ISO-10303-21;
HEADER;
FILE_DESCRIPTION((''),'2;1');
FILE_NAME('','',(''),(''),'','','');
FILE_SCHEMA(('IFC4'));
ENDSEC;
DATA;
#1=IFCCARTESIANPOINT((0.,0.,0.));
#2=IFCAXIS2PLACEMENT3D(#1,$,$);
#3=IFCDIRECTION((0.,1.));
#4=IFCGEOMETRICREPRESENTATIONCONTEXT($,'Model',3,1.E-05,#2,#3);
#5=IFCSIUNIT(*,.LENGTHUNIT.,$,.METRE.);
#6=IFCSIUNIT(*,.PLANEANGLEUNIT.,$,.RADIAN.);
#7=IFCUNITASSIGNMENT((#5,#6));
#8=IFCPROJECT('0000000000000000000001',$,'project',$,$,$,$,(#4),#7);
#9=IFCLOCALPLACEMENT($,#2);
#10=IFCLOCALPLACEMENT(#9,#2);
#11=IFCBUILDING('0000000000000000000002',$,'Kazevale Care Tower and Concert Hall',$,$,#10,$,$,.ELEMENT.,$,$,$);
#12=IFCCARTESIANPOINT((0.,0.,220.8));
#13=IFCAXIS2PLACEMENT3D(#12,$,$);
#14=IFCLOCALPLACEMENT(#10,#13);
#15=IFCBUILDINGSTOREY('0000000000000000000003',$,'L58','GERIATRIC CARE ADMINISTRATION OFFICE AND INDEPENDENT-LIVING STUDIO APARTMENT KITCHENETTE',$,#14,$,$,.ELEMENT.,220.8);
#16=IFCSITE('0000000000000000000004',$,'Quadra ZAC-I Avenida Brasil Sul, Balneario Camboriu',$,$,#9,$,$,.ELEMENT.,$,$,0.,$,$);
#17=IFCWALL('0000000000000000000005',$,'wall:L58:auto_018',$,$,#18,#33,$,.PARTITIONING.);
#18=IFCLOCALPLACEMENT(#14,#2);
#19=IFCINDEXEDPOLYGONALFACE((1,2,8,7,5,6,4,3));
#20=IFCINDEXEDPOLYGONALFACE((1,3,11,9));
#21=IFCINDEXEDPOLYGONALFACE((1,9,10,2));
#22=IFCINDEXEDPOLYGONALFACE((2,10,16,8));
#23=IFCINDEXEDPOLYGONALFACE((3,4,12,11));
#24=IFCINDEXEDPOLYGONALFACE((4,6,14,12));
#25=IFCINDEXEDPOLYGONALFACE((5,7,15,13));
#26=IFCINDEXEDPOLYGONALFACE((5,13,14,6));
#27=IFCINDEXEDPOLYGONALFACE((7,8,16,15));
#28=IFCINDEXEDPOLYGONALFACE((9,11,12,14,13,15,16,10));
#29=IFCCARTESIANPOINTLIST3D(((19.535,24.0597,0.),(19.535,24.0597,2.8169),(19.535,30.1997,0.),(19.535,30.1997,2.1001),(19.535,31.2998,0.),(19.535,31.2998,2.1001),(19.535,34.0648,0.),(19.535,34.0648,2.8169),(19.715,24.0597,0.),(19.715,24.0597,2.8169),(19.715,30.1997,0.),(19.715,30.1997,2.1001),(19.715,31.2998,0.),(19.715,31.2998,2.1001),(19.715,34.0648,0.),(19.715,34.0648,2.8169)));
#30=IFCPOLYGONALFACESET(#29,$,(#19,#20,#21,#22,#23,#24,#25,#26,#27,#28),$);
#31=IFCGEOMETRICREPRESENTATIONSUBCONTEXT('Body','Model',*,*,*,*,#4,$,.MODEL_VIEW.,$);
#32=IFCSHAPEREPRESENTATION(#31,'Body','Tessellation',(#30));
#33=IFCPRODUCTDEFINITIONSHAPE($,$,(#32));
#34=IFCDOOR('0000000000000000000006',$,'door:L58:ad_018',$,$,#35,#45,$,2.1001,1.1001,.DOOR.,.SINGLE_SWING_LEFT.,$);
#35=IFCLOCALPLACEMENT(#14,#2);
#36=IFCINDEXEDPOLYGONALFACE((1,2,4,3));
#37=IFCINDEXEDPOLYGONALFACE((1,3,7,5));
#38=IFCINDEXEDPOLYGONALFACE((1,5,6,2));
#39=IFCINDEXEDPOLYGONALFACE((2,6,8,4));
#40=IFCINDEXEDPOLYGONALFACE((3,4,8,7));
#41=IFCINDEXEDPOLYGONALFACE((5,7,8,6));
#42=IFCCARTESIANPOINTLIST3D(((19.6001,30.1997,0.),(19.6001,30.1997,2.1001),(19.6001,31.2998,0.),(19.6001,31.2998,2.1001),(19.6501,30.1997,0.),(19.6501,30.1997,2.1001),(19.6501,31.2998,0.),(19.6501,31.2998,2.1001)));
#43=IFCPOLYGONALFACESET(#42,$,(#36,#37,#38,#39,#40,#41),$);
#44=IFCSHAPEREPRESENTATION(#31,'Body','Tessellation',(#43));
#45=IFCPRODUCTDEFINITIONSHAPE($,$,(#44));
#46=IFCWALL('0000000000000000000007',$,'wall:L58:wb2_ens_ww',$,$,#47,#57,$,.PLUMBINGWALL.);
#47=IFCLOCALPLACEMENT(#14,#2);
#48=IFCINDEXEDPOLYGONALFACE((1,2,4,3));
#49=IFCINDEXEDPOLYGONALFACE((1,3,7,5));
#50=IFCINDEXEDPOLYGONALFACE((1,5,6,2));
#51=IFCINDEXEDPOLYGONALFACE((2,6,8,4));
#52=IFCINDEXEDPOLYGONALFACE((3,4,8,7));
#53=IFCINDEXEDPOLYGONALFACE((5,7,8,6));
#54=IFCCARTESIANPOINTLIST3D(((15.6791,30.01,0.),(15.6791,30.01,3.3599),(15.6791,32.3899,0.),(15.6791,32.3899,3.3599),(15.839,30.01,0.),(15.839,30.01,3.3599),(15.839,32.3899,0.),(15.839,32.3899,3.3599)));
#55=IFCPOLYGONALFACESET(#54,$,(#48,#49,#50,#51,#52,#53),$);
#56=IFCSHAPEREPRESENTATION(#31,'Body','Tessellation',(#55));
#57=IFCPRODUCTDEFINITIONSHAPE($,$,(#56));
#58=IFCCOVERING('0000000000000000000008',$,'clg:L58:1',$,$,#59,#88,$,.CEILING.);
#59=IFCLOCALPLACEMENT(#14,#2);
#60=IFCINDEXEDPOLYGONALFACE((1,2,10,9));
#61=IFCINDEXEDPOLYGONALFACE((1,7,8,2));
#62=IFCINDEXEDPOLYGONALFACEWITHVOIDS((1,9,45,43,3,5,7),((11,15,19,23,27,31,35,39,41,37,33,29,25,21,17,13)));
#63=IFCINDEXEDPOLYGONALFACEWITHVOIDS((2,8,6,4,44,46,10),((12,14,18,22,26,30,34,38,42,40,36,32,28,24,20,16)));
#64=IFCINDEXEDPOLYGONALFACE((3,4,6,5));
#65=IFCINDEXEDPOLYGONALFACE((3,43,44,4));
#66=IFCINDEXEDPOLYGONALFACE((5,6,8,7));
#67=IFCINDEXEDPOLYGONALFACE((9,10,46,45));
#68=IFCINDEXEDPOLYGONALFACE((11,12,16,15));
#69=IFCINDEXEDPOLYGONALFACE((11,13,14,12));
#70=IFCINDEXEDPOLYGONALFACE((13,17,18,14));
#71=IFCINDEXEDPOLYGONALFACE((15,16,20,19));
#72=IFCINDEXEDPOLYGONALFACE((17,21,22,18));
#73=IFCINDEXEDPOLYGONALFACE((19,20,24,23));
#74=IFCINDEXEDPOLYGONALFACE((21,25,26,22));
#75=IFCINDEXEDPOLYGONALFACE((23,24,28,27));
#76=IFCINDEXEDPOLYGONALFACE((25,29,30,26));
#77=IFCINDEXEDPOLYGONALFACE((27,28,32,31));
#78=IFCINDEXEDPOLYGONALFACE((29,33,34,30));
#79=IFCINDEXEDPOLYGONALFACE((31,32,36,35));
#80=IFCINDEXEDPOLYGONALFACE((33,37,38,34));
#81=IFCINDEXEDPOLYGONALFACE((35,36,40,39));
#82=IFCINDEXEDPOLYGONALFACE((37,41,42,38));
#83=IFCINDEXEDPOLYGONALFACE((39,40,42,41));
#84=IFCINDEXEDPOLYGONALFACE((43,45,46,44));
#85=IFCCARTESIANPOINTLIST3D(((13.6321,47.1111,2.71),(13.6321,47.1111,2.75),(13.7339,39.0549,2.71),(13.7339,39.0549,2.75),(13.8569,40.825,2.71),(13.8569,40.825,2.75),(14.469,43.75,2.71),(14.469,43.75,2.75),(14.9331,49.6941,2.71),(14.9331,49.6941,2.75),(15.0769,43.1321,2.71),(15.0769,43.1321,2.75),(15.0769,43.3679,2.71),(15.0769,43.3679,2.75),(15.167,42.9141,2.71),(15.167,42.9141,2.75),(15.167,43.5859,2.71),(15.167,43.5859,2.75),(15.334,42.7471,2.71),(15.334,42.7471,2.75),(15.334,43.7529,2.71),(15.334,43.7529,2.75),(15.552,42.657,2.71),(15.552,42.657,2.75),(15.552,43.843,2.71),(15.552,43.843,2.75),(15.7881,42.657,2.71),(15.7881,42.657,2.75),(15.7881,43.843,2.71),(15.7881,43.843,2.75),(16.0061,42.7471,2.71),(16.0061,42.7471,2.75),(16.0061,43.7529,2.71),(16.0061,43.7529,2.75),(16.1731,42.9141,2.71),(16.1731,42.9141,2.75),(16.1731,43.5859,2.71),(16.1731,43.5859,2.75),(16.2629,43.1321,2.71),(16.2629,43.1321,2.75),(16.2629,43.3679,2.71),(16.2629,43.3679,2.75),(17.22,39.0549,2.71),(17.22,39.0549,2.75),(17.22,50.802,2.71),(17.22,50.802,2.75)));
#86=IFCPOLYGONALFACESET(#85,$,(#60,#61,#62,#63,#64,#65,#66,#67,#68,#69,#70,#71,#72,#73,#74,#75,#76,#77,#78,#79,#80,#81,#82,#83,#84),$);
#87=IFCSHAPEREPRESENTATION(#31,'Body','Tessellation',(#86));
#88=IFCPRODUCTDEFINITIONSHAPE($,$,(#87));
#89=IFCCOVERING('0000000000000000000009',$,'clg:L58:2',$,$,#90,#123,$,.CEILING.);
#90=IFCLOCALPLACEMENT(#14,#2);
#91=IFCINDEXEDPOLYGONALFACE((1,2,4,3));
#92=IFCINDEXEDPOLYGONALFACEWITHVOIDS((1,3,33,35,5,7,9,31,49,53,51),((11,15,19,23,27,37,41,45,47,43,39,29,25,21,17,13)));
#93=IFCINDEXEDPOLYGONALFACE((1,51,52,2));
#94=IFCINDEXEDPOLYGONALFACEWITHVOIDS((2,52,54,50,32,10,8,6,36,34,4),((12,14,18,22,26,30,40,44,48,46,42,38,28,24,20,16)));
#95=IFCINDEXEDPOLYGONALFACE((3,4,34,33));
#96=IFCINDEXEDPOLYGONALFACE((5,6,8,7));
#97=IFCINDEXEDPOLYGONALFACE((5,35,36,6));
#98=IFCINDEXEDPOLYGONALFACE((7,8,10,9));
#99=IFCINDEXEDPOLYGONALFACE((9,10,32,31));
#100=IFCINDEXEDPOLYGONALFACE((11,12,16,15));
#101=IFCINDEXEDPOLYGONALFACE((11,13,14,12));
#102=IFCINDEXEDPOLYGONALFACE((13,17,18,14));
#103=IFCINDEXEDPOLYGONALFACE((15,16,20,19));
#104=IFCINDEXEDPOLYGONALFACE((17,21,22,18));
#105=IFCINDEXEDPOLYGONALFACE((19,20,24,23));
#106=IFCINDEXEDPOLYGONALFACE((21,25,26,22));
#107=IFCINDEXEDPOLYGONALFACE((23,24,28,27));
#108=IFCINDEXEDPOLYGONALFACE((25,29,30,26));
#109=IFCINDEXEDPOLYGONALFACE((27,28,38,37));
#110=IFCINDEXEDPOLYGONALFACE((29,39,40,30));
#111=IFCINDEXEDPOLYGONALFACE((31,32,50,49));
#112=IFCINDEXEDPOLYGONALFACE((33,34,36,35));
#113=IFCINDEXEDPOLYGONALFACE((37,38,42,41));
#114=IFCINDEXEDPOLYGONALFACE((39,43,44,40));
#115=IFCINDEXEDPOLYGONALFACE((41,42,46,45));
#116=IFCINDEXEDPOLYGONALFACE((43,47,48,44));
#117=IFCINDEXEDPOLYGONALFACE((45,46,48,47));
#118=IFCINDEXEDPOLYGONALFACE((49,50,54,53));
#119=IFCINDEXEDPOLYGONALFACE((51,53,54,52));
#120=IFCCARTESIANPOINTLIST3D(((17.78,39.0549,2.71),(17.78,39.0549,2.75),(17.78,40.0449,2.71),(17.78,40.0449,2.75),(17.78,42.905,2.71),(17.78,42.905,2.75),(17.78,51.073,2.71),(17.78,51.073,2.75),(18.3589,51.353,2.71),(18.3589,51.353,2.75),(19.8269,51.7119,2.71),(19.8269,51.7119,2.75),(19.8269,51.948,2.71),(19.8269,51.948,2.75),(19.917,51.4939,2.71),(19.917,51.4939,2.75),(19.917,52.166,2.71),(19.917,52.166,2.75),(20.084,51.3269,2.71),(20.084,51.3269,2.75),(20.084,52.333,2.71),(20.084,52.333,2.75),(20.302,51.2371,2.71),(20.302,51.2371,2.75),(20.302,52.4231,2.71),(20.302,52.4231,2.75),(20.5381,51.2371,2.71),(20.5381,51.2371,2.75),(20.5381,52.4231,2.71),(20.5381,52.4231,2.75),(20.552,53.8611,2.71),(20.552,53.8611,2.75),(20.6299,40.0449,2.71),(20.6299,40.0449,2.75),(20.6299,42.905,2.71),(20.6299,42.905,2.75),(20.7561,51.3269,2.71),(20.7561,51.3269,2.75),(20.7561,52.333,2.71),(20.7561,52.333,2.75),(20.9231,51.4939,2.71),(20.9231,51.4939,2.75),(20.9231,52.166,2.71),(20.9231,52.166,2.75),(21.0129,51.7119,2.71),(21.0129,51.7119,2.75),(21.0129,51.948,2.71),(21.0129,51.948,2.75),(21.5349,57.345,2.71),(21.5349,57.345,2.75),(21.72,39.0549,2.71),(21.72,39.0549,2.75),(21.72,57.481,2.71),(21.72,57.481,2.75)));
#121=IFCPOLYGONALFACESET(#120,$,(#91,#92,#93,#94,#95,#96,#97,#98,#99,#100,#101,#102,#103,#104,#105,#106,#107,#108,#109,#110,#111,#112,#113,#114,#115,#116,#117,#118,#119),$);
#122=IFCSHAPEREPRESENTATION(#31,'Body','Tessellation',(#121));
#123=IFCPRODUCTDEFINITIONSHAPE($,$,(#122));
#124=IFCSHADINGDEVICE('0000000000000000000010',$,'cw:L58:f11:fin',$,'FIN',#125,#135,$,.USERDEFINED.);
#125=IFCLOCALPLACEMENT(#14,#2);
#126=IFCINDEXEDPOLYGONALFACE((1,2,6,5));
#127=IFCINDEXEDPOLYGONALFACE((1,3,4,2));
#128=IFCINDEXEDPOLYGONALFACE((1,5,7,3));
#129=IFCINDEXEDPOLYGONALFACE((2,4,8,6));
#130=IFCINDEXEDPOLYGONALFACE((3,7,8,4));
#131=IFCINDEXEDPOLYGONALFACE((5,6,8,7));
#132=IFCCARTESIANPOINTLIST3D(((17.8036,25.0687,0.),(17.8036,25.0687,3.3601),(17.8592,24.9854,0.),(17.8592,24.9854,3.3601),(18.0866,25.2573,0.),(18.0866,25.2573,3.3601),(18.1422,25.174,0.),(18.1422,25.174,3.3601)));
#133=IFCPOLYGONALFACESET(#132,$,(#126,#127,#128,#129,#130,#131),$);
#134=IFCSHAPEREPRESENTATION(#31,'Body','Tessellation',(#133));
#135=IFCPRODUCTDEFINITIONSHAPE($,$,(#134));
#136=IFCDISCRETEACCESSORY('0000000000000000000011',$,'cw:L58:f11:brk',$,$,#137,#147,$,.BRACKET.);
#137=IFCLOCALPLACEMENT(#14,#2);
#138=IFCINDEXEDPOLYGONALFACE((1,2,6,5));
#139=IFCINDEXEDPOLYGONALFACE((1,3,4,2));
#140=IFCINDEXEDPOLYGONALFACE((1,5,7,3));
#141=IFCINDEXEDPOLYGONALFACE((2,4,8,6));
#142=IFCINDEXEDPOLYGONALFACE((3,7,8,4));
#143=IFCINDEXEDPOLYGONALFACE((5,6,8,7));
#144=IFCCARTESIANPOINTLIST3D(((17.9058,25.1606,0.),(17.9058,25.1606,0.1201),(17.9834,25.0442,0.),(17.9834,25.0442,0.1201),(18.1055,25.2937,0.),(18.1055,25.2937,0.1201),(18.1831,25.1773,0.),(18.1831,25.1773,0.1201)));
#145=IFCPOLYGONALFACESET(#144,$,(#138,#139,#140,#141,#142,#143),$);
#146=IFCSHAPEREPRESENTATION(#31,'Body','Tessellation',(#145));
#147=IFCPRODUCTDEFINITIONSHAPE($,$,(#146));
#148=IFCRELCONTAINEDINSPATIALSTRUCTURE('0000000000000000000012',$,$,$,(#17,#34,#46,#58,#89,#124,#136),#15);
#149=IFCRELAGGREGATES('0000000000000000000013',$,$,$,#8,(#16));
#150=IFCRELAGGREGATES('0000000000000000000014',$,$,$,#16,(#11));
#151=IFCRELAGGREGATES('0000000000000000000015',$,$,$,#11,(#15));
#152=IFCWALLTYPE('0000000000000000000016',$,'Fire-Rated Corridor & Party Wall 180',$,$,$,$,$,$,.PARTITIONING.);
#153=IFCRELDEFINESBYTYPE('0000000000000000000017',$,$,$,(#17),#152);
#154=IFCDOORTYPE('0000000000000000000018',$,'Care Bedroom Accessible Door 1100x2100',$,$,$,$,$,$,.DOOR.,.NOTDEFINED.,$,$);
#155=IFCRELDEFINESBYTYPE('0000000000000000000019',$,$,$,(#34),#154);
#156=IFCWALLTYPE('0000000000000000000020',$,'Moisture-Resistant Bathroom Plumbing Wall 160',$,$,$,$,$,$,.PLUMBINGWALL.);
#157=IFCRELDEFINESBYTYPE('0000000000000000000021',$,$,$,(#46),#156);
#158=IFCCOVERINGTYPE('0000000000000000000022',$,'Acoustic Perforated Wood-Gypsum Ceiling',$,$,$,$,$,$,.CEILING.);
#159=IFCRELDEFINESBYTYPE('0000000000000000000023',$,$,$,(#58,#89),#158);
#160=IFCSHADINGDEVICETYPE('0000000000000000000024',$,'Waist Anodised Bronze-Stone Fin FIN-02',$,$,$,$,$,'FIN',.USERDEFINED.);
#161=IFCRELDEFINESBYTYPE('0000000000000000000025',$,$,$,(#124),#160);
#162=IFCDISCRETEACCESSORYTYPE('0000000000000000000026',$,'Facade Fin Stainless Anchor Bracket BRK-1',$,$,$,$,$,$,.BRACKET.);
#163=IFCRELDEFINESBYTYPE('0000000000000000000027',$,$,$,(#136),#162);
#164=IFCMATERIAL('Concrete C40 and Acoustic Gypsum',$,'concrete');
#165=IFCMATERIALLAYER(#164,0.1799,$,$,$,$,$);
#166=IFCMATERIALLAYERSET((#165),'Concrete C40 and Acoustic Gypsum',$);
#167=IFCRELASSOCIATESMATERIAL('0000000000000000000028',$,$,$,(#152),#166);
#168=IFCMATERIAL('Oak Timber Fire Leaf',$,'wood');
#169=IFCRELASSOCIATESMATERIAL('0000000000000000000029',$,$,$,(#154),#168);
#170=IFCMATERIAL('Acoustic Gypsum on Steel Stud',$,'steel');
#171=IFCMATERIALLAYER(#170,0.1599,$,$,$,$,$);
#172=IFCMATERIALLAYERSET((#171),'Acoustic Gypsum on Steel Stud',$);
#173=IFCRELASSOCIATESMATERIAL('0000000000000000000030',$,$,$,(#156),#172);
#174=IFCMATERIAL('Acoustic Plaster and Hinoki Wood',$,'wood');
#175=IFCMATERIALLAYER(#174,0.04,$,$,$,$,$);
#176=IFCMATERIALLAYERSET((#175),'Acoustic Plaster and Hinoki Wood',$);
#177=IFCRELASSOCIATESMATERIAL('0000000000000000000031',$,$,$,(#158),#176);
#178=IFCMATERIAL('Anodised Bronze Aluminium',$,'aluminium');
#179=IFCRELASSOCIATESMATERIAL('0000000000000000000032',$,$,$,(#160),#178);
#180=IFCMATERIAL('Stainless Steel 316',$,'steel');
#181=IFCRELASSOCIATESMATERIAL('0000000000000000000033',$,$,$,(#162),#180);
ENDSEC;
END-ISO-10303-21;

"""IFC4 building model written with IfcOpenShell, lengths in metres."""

from ifc_helpers import new_model, si_unit, direction, frame, frame_2d, origin, origin_2d, place, context, subcontext, project, spatial, polyline, rectangle, outline, extrude, material, layer, layer_set, type_object, element, fill, save


model = new_model("IFC4")

# Units and contexts
model_context = context("Model", 3, precision=1e-05, world=origin(), true_north=direction((0.0, 1.0)))
body_context = subcontext(model_context, "Body", "Model", "MODEL_VIEW")
ifc_project = project(units=[si_unit("LENGTHUNIT", "METRE"), si_unit("PLANEANGLEUNIT", "RADIAN")], contexts=[model_context])

# Site, building, storey
site_placement = place(None, origin())
site = spatial("IfcSite", under=ifc_project, at=site_placement, Name="Quadra ZAC-I Avenida Brasil Sul, Balneario Camboriu", CompositionType="ELEMENT", RefElevation=0.0)
building_placement = place(site_placement, origin())
building = spatial("IfcBuilding", under=site, at=building_placement, Name="Kazevale Care Tower and Concert Hall", CompositionType="ELEMENT")
storey_placement = place(building_placement, frame((0.0, 0.0, 220.8)))
storey = spatial("IfcBuildingStorey", under=building, at=storey_placement, Name="L58", Description="GERIATRIC CARE ADMINISTRATION OFFICE AND INDEPENDENT-LIVING STUDIO APARTMENT KITCHENETTE", CompositionType="ELEMENT", Elevation=220.8)

# Wall, opening, door
ifc_material_1 = material(Name="Concrete C40 and Acoustic Gypsum", Category="concrete")
ifc_layer_1 = layer(ifc_material_1, 0.1799)
ifc_layer_set_1 = layer_set([ifc_layer_1], Name="Concrete C40 and Acoustic Gypsum")
wall_type_1 = type_object("IfcWallType", Name="Fire-Rated Corridor & Party Wall 180", PredefinedType="PARTITIONING", material=ifc_layer_set_1)
wall_1_placement = place(storey_placement, frame((19.625, 24.0598, 0.0), z_axis=(0.0, 0.0, 1.0), x_axis=(0.0, 1.0, 0.0)))
wall_1 = element("IfcWall", 1, at=wall_1_placement, inside=storey, type_object=wall_type_1, Name="wall:L58:auto_018", PredefinedType="PARTITIONING", context=body_context, shape_type="SweptSolid", body=[
    extrude(rectangle(XDim=10.0051, YDim=0.1799, at=frame_2d((5.0024, 0.0))), origin(), (0.0, 0.0, 1.0), 2.8169),
])
opening_1_placement = place(wall_1_placement, frame((6.1399, 0.0, 0.0)))
opening_1 = element("IfcOpeningElement", 2, at=opening_1_placement, cuts=wall_1, PredefinedType="OPENING", context=body_context, shape_type="SweptSolid", body=[
    extrude(rectangle(XDim=1.1001, YDim=2.1001, at=frame_2d((0.55, 1.05))), frame((0.0, 0.0999, 0.0), z_axis=(0.0, -1.0, 0.0), x_axis=(1.0, 0.0, 0.0)), (0.0, 0.0, 1.0), 0.2),
])
ifc_material_2 = material(Name="Oak Timber Fire Leaf", Category="wood")
door_type_1 = type_object("IfcDoorType", Name="Care Bedroom Accessible Door 1100x2100", OperationType="NOTDEFINED", PredefinedType="DOOR", material=ifc_material_2)
door_1_placement = place(opening_1_placement, origin())
door_1 = element("IfcDoor", 3, at=door_1_placement, inside=storey, type_object=door_type_1, Name="door:L58:ad_018", OperationType="SINGLE_SWING_LEFT", OverallHeight=2.1001, OverallWidth=1.1001, PredefinedType="DOOR", context=body_context, shape_type="SweptSolid", body=[
    extrude(rectangle(XDim=1.1001, YDim=2.1001, at=frame_2d((0.55, 1.05))), frame((0.0, 0.0249, 0.0), z_axis=(0.0, -1.0, 0.0), x_axis=(1.0, 0.0, 0.0)), (0.0, 0.0, 1.0), 0.05),
])
fill(opening_1, door_1)

# Wall
ifc_material_3 = material(Name="Acoustic Gypsum on Steel Stud", Category="steel")
ifc_layer_2 = layer(ifc_material_3, 0.1599)
ifc_layer_set_2 = layer_set([ifc_layer_2], Name="Acoustic Gypsum on Steel Stud")
wall_type_2 = type_object("IfcWallType", Name="Moisture-Resistant Bathroom Plumbing Wall 160", PredefinedType="PLUMBINGWALL", material=ifc_layer_set_2)
wall_2_placement = place(storey_placement, frame((15.759, 30.01, 0.0), z_axis=(0.0, 0.0, 1.0), x_axis=(0.0, 1.0, 0.0)))
element("IfcWall", 4, at=wall_2_placement, inside=storey, type_object=wall_type_2, Name="wall:L58:wb2_ens_ww", PredefinedType="PLUMBINGWALL", context=body_context, shape_type="SweptSolid", body=[
    extrude(rectangle(XDim=2.3799, YDim=0.1599, at=frame_2d((1.1899, 0.0))), origin(), (0.0, 0.0, 1.0), 3.3599),
])

# Coverings
ifc_material_4 = material(Name="Acoustic Plaster and Hinoki Wood", Category="wood")
ifc_layer_3 = layer(ifc_material_4, 0.04)
ifc_layer_set_3 = layer_set([ifc_layer_3], Name="Acoustic Plaster and Hinoki Wood")
covering_type = type_object("IfcCoveringType", Name="Acoustic Perforated Wood-Gypsum Ceiling", PredefinedType="CEILING", material=ifc_layer_set_3)
covering_1_placement = place(storey_placement, frame((0.0, 0.0, 2.71)))
element("IfcCovering", 5, at=covering_1_placement, inside=storey, type_object=covering_type, Name="clg:L58:1", PredefinedType="CEILING", context=body_context, shape_type="SweptSolid", body=[
    extrude(outline(polyline([(14.469, 43.75), (13.6321, 47.1111), (14.9331, 49.6941), (17.22, 50.802), (17.22, 39.0549), (13.7339, 39.0549), (13.8569, 40.825), (14.469, 43.75)]), holes=[polyline([(16.2629, 43.3679), (16.1731, 43.5859), (16.0061, 43.7529), (15.7881, 43.843), (15.552, 43.843), (15.334, 43.7529), (15.167, 43.5859), (15.0769, 43.3679), (15.0769, 43.1321), (15.167, 42.9141), (15.334, 42.7471), (15.552, 42.657), (15.7881, 42.657), (16.0061, 42.7471), (16.1731, 42.9141), (16.2629, 43.1321), (16.2629, 43.3679)])]), origin(), (0.0, 0.0, 1.0), 0.04),
])
covering_2_placement = place(storey_placement, frame((0.0, 0.0, 2.71)))
element("IfcCovering", 6, at=covering_2_placement, inside=storey, type_object=covering_type, Name="clg:L58:2", PredefinedType="CEILING", context=body_context, shape_type="SweptSolid", body=[
    extrude(outline(polyline([(20.6299, 40.0449), (20.6299, 42.905), (17.78, 42.905), (17.78, 51.073), (18.3589, 51.353), (20.552, 53.8611), (21.5349, 57.345), (21.72, 57.481), (21.72, 39.0549), (17.78, 39.0549), (17.78, 40.0449), (20.6299, 40.0449)]), holes=[polyline([(21.0129, 51.948), (20.9231, 52.166), (20.7561, 52.333), (20.5381, 52.4231), (20.302, 52.4231), (20.084, 52.333), (19.917, 52.166), (19.8269, 51.948), (19.8269, 51.7119), (19.917, 51.4939), (20.084, 51.3269), (20.302, 51.2371), (20.5381, 51.2371), (20.7561, 51.3269), (20.9231, 51.4939), (21.0129, 51.7119), (21.0129, 51.948)])]), origin(), (0.0, 0.0, 1.0), 0.04),
])

# Shading device
ifc_material_5 = material(Name="Anodised Bronze Aluminium", Category="aluminium")
shading_device_type = type_object("IfcShadingDeviceType", Name="Waist Anodised Bronze-Stone Fin FIN-02", ElementType="FIN", PredefinedType="USERDEFINED", material=ifc_material_5)
shading_device_placement = place(storey_placement, frame((17.9729, 25.1213, 0.0), z_axis=(0.0, 0.0, 1.0), x_axis=(-0.832148, -0.554554, 0.0)))
element("IfcShadingDevice", 7, at=shading_device_placement, inside=storey, type_object=shading_device_type, Name="cw:L58:f11:fin", ObjectType="FIN", PredefinedType="USERDEFINED", context=body_context, shape_type="SweptSolid", body=[
    extrude(rectangle(XDim=0.3401, YDim=0.1001, at=origin_2d()), origin(), (0.0, 0.0, 1.0), 3.3601),
])

# Discrete accessory
ifc_material_6 = material(Name="Stainless Steel 316", Category="steel")
discrete_accessory_type = type_object("IfcDiscreteAccessoryType", Name="Facade Fin Stainless Anchor Bracket BRK-1", PredefinedType="BRACKET", material=ifc_material_6)
discrete_accessory_placement = place(storey_placement, frame((18.0444, 25.1689, 0.0), z_axis=(0.0, 0.0, 1.0), x_axis=(-0.832148, -0.554554, 0.0)))
element("IfcDiscreteAccessory", 8, at=discrete_accessory_placement, inside=storey, type_object=discrete_accessory_type, Name="cw:L58:f11:brk", PredefinedType="BRACKET", context=body_context, shape_type="SweptSolid", body=[
    extrude(rectangle(XDim=0.24, YDim=0.1399, at=origin_2d()), origin(), (0.0, 0.0, 1.0), 0.1201),
])

save(model, "model.ifc")
